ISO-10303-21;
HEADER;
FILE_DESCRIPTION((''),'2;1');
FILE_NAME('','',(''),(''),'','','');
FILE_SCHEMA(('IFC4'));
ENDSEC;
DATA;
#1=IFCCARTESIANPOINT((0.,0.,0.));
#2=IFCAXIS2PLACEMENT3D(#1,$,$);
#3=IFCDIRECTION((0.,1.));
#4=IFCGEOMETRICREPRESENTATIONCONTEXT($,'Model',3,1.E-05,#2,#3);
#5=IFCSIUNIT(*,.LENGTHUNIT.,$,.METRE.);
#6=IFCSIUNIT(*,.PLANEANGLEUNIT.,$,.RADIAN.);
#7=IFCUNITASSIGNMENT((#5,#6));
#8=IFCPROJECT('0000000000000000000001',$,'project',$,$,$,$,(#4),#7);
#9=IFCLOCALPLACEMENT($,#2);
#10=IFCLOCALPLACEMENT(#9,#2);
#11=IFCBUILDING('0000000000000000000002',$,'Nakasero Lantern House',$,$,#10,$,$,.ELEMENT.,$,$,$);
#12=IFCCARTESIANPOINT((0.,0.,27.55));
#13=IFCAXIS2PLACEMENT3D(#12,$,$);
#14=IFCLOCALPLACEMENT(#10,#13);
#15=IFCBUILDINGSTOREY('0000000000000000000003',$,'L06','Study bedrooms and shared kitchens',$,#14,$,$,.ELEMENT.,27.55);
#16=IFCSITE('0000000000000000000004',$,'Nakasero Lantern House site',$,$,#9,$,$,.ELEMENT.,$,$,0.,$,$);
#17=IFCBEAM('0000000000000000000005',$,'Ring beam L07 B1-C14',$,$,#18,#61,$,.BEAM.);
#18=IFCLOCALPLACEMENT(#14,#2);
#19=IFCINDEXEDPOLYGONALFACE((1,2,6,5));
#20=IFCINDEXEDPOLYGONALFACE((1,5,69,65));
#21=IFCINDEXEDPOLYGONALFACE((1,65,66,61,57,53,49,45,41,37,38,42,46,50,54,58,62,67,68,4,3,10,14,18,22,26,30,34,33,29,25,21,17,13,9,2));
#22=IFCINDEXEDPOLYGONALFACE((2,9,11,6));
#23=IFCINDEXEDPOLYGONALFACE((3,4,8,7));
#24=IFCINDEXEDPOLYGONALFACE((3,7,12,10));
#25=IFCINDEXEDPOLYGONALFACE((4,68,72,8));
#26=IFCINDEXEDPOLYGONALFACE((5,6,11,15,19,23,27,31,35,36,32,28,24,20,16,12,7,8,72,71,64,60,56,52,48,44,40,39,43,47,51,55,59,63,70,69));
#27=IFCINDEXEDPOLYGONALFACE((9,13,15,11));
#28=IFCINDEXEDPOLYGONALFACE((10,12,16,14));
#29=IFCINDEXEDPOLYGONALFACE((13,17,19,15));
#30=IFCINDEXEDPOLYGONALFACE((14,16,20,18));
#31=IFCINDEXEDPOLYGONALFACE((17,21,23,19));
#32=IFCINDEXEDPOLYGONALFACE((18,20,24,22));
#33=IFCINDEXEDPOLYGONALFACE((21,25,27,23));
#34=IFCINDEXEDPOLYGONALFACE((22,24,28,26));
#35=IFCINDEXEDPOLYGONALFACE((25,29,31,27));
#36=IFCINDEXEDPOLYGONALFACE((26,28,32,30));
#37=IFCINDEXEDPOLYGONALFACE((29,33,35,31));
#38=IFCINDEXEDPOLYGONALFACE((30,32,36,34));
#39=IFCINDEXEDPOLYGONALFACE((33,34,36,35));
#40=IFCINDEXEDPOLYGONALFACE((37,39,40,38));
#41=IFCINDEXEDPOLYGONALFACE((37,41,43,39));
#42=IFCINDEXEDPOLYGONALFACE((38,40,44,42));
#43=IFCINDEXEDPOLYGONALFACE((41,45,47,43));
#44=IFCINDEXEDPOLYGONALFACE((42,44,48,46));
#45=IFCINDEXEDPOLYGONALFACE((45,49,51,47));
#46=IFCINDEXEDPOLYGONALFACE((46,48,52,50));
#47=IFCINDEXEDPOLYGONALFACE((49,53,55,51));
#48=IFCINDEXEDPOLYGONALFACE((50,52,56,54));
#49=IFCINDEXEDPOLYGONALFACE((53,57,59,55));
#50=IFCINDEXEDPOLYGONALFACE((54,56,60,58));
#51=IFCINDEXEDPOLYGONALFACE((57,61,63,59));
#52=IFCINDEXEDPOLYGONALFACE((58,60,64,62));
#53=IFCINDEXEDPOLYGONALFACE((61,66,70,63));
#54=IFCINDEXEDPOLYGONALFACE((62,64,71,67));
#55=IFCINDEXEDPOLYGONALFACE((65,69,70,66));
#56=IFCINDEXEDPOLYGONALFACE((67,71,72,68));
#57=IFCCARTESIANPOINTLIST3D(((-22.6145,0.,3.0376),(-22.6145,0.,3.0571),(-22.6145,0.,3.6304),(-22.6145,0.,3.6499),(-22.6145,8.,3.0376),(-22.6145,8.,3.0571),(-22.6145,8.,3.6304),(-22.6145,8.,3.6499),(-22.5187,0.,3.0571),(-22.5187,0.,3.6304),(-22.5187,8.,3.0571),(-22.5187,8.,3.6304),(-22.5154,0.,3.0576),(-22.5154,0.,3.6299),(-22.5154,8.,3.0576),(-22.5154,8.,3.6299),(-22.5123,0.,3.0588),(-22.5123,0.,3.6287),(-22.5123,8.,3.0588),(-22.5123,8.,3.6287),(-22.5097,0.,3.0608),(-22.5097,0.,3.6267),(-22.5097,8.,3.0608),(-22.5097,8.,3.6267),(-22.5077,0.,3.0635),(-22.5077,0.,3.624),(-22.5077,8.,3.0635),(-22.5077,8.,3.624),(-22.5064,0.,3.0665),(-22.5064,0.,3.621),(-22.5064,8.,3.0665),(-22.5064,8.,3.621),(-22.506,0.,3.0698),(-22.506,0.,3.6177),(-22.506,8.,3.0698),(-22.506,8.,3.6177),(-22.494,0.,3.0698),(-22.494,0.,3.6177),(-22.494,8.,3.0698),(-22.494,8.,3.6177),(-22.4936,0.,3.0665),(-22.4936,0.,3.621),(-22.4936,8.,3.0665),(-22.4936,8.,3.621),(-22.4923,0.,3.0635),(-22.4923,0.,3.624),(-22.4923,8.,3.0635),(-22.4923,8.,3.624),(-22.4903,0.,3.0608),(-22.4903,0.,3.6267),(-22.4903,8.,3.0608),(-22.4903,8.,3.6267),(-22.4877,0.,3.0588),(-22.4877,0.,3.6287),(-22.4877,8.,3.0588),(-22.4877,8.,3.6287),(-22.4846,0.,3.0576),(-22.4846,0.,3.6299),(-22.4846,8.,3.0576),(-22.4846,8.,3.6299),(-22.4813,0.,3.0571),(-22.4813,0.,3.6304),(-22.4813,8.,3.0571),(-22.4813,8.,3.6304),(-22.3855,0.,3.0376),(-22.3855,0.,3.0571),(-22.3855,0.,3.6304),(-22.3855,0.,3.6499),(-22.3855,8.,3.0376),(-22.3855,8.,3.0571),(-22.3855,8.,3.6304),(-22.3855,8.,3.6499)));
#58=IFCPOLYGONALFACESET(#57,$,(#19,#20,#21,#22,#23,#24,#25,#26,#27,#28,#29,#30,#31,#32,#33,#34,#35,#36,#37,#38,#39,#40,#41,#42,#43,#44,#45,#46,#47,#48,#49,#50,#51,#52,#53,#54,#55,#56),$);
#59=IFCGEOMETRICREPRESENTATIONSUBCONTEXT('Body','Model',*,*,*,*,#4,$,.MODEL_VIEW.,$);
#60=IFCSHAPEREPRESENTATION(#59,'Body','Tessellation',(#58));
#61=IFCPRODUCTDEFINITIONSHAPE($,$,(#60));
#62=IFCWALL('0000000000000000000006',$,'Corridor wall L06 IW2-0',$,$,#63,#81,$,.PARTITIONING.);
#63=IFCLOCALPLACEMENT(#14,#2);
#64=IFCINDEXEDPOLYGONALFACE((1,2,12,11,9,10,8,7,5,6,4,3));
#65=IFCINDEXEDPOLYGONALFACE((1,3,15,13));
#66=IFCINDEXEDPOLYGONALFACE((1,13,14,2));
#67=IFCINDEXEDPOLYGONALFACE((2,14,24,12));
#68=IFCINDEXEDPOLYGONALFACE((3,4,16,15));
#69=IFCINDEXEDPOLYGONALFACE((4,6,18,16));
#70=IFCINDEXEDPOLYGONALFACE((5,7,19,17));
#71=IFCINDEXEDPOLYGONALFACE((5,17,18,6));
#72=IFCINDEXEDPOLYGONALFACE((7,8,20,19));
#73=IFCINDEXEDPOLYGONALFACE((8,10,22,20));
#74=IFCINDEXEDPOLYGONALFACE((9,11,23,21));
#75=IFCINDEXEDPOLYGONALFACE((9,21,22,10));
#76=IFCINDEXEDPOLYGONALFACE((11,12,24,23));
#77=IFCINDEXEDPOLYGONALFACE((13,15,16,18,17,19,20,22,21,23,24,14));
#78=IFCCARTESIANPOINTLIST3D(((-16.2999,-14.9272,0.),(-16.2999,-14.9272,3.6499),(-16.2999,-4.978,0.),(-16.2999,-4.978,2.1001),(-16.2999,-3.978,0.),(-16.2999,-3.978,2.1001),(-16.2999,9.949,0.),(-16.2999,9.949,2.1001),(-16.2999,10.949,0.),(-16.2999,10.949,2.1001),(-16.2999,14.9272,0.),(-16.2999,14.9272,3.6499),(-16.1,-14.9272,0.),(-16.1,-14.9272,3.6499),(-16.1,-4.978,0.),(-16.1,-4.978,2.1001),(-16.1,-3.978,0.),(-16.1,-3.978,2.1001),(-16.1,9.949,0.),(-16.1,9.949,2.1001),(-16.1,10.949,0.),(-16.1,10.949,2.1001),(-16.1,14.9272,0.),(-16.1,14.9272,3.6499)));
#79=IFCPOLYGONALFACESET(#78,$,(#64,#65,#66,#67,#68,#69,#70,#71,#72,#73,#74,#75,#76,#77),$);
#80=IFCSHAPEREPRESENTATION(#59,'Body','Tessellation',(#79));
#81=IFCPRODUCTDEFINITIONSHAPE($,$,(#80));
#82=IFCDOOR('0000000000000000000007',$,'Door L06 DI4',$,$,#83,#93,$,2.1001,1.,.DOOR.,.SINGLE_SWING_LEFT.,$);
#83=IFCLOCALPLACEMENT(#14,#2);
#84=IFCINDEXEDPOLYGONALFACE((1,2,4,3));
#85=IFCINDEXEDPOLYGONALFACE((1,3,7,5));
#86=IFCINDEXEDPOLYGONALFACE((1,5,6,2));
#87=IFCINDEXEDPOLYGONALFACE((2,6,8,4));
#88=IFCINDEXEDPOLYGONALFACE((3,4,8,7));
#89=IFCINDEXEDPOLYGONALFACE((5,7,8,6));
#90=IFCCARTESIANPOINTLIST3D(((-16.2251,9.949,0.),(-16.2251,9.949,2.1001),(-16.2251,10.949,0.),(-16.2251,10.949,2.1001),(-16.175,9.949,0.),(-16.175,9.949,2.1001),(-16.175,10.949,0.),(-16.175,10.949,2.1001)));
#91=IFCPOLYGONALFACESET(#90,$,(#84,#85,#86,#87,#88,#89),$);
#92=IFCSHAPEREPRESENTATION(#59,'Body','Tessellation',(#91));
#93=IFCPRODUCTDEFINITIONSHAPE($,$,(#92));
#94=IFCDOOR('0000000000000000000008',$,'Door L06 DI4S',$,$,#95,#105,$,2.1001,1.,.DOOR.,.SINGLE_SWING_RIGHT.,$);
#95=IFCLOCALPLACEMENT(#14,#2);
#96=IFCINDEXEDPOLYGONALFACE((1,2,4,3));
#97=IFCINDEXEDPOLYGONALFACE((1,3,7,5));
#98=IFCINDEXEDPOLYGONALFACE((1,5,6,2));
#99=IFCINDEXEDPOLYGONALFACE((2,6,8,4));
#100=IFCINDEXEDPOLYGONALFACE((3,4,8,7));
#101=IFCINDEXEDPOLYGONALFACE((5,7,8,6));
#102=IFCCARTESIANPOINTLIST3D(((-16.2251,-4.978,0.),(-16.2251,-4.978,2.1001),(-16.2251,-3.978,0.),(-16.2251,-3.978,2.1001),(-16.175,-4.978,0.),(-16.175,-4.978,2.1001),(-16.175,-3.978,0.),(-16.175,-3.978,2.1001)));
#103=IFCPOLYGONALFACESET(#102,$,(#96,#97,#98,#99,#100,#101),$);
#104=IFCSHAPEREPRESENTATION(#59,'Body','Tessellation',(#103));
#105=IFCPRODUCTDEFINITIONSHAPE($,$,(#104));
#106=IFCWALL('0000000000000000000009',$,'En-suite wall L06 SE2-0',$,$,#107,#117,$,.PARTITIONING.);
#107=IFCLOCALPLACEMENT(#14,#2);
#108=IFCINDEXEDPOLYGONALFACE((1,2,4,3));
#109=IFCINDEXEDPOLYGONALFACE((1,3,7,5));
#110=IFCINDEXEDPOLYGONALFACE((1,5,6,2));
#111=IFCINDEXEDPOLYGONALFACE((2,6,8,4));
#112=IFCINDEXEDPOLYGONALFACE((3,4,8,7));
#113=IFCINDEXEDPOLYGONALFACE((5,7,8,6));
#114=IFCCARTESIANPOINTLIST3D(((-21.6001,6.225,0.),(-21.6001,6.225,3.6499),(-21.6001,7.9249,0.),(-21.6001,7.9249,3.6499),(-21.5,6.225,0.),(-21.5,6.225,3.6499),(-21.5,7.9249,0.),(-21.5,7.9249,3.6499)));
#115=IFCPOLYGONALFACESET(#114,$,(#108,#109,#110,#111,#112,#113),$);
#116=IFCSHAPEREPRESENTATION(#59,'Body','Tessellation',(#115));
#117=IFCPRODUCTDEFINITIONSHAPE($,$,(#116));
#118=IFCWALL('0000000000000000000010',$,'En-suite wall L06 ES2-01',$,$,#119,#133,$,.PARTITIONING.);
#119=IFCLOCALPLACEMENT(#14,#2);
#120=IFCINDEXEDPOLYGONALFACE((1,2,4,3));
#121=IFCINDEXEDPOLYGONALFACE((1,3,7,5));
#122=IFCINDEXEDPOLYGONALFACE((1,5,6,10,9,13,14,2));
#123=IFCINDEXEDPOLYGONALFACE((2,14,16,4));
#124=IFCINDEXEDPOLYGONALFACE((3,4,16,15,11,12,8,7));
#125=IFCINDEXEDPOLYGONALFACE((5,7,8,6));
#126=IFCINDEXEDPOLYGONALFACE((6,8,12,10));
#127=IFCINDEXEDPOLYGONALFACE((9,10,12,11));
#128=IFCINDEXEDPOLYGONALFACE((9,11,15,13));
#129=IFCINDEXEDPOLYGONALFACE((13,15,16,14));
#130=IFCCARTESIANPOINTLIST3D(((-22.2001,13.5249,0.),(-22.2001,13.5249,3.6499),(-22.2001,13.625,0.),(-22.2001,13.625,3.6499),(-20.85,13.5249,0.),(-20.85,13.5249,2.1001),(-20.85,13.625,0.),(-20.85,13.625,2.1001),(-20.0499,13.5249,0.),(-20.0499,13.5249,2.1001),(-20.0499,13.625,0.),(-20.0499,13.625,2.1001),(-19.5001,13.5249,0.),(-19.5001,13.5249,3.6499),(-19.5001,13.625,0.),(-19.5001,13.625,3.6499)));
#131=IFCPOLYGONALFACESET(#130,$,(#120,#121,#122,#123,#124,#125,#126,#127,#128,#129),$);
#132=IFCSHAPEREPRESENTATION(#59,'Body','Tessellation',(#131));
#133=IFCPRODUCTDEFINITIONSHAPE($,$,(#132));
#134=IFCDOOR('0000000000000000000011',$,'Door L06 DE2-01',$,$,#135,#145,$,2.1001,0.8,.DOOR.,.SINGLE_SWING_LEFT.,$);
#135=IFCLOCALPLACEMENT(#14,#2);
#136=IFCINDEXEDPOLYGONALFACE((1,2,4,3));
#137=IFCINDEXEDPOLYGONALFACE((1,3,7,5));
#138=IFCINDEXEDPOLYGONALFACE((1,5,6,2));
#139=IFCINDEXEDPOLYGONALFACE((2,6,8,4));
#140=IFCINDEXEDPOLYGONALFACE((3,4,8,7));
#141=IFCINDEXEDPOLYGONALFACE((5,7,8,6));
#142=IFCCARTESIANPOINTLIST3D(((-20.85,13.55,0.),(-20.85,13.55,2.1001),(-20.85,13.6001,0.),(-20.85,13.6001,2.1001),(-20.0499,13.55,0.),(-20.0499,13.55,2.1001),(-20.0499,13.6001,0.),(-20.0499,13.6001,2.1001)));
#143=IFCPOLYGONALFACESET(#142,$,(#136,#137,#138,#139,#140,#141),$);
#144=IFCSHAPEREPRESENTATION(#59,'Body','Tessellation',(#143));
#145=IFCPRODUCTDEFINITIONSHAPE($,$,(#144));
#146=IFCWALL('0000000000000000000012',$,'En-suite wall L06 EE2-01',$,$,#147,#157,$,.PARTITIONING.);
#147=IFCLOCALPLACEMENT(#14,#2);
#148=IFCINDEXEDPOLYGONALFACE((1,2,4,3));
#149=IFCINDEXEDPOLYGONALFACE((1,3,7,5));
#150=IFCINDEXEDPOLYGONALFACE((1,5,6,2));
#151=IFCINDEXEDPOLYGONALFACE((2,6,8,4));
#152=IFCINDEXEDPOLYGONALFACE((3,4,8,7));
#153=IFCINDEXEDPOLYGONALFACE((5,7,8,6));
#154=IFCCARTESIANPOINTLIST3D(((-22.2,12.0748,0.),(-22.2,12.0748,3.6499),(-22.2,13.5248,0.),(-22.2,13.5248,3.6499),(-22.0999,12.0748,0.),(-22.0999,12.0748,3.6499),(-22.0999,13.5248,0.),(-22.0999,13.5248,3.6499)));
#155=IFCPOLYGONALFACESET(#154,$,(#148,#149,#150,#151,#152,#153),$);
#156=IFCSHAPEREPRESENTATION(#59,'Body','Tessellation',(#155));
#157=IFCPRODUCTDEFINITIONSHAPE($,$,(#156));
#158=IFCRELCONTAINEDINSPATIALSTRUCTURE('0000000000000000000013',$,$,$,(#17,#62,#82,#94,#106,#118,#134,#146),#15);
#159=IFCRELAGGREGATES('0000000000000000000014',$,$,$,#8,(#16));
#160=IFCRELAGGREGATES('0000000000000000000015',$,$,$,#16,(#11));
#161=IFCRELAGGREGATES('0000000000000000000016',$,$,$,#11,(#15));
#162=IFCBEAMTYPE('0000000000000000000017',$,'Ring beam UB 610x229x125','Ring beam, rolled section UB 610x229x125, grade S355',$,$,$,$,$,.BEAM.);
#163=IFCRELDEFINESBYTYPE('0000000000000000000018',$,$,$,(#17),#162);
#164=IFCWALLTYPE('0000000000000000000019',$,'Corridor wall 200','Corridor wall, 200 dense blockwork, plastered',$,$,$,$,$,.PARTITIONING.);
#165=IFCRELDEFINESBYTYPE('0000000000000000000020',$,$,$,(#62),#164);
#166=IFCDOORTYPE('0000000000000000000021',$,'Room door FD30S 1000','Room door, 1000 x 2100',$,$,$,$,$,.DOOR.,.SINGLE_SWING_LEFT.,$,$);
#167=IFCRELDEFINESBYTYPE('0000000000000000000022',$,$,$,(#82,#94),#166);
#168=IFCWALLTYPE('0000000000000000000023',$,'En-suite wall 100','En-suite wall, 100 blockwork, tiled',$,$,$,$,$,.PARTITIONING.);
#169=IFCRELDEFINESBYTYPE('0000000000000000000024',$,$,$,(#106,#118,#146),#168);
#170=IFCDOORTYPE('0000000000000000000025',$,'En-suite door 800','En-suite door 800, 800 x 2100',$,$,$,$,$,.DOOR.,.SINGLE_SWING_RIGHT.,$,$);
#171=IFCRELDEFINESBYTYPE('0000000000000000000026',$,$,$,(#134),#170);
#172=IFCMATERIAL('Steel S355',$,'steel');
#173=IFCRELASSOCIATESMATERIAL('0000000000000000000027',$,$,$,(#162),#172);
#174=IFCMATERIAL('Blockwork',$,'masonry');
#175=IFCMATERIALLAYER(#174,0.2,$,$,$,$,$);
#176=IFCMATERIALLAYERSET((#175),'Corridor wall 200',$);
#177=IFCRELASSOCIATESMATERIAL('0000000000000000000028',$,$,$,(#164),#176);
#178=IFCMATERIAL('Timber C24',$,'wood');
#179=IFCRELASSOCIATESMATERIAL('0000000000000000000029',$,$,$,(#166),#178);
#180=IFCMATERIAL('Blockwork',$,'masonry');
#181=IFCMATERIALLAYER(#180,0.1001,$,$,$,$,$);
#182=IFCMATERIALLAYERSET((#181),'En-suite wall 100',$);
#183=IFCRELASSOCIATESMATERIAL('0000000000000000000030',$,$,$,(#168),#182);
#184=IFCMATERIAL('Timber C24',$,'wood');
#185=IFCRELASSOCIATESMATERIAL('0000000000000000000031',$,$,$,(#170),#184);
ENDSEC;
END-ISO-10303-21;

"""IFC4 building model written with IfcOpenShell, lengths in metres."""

from ifc_helpers import new_model, si_unit, direction, frame, frame_2d, origin, origin_2d, place, context, subcontext, project, spatial, rectangle, i_section, extrude, material, layer, layer_set, material_profile, profile_set, type_object, element, fill, save


model = new_model("IFC4")

# Units and contexts
model_context = context("Model", 3, precision=1e-05, world=origin(), true_north=direction((0.0, 1.0)))
body_context = subcontext(model_context, "Body", "Model", "MODEL_VIEW")
ifc_project = project(units=[si_unit("LENGTHUNIT", "METRE"), si_unit("PLANEANGLEUNIT", "RADIAN")], contexts=[model_context])

# Site, building, storey
site_placement = place(None, origin())
site = spatial("IfcSite", under=ifc_project, at=site_placement, Name="Nakasero Lantern House site", CompositionType="ELEMENT", RefElevation=0.0)
building_placement = place(site_placement, origin())
building = spatial("IfcBuilding", under=site, at=building_placement, Name="Nakasero Lantern House", CompositionType="ELEMENT")
storey_placement = place(building_placement, frame((0.0, 0.0, 27.55)))
storey = spatial("IfcBuildingStorey", under=building, at=storey_placement, Name="L06", Description="Study bedrooms and shared kitchens", CompositionType="ELEMENT", Elevation=27.55)

# Beam
ifc_material_1 = material(Name="Steel S355", Category="steel")
ifc_material_profile_1 = material_profile(ifc_material_1, i_section(OverallWidth=0.229, OverallDepth=0.6123, WebThickness=0.012, FlangeThickness=0.0195, FilletRadius=0.0127, at=origin_2d()), Name="UB 610x229x125")
ifc_profile_set_1 = profile_set([ifc_material_profile_1], Name="Steel S355")
beam_type_1 = type_object("IfcBeamType", Name="Ring beam UB 610x229x125", Description="Ring beam, rolled section UB 610x229x125, grade S355", PredefinedType="BEAM", material=ifc_profile_set_1)
beam_1_placement = place(storey_placement, frame((-22.5, 8.0, 3.3438), z_axis=(0.0, -1.0, 0.0), x_axis=(1.0, 0.0, 0.0)))
element("IfcBeam", 1, at=beam_1_placement, inside=storey, type_object=beam_type_1, Name="Ring beam L07 B1-C14", PredefinedType="BEAM", context=body_context, shape_type="SweptSolid", body=[
    extrude(i_section(OverallWidth=0.229, OverallDepth=0.6123, WebThickness=0.012, FlangeThickness=0.0195, FilletRadius=0.0127, at=origin_2d()), origin(), (0.0, 0.0, 1.0), 8.0),
])

# Wall, openings, doors
ifc_material_2 = material(Name="Blockwork", Category="masonry")
ifc_layer_1 = layer(ifc_material_2, 0.2)
ifc_layer_set_1 = layer_set([ifc_layer_1], Name="Corridor wall 200")
wall_type_1 = type_object("IfcWallType", Name="Corridor wall 200", Description="Corridor wall, 200 dense blockwork, plastered", PredefinedType="PARTITIONING", material=ifc_layer_set_1)
wall_1_placement = place(storey_placement, frame((-16.2, 14.9272, 0.0), z_axis=(0.0, 0.0, 1.0), x_axis=(0.0, -1.0, 0.0)))
wall_1 = element("IfcWall", 2, at=wall_1_placement, inside=storey, type_object=wall_type_1, Name="Corridor wall L06 IW2-0", PredefinedType="PARTITIONING", context=body_context, shape_type="SweptSolid", body=[
    extrude(rectangle(XDim=29.8545, YDim=0.2, at=frame_2d((14.9272, 0.0))), origin(), (0.0, 0.0, 1.0), 3.6499),
])
opening_1_placement = place(wall_1_placement, frame((3.9783, 0.0, 0.0)))
opening_1 = element("IfcOpeningElement", 3, at=opening_1_placement, cuts=wall_1, PredefinedType="OPENING", context=body_context, shape_type="SweptSolid", body=[
    extrude(rectangle(XDim=1.0, YDim=2.1001, at=frame_2d((0.5, 1.05))), frame((0.0, 0.1199, 0.0), z_axis=(0.0, -1.0, 0.0), x_axis=(1.0, 0.0, 0.0)), (0.0, 0.0, 1.0), 0.24),
])
opening_2_placement = place(wall_1_placement, frame((18.9053, 0.0, 0.0)))
opening_2 = element("IfcOpeningElement", 4, at=opening_2_placement, cuts=wall_1, PredefinedType="OPENING", context=body_context, shape_type="SweptSolid", body=[
    extrude(rectangle(XDim=1.0, YDim=2.1001, at=frame_2d((0.5, 1.05))), frame((0.0, 0.1199, 0.0), z_axis=(0.0, -1.0, 0.0), x_axis=(1.0, 0.0, 0.0)), (0.0, 0.0, 1.0), 0.24),
])
ifc_material_3 = material(Name="Timber C24", Category="wood")
door_type_1 = type_object("IfcDoorType", Name="Room door FD30S 1000", Description="Room door, 1000 x 2100", OperationType="SINGLE_SWING_LEFT", PredefinedType="DOOR", material=ifc_material_3)
door_1_placement = place(opening_1_placement, origin())
door_1 = element("IfcDoor", 5, at=door_1_placement, inside=storey, type_object=door_type_1, Name="Door L06 DI4", OperationType="SINGLE_SWING_LEFT", OverallHeight=2.1001, OverallWidth=1.0, PredefinedType="DOOR", context=body_context, shape_type="SweptSolid", body=[
    extrude(rectangle(XDim=1.0, YDim=2.1001, at=frame_2d((0.5, 1.05))), frame((0.0, 0.0249, 0.0), z_axis=(0.0, -1.0, 0.0), x_axis=(1.0, 0.0, 0.0)), (0.0, 0.0, 1.0), 0.05),
])
fill(opening_1, door_1)
door_2_placement = place(opening_2_placement, origin())
door_2 = element("IfcDoor", 6, at=door_2_placement, inside=storey, type_object=door_type_1, Name="Door L06 DI4S", OperationType="SINGLE_SWING_RIGHT", OverallHeight=2.1001, OverallWidth=1.0, PredefinedType="DOOR", context=body_context, shape_type="SweptSolid", body=[
    extrude(rectangle(XDim=1.0, YDim=2.1001, at=frame_2d((0.5, 1.05))), frame((0.0, 0.0249, 0.0), z_axis=(0.0, -1.0, 0.0), x_axis=(1.0, 0.0, 0.0)), (0.0, 0.0, 1.0), 0.05),
])
fill(opening_2, door_2)

# Wall
ifc_material_4 = material(Name="Blockwork", Category="masonry")
ifc_layer_2 = layer(ifc_material_4, 0.1001)
ifc_layer_set_2 = layer_set([ifc_layer_2], Name="En-suite wall 100")
wall_type_2 = type_object("IfcWallType", Name="En-suite wall 100", Description="En-suite wall, 100 blockwork, tiled", PredefinedType="PARTITIONING", material=ifc_layer_set_2)
wall_2_placement = place(storey_placement, frame((-21.55, 7.925, 0.0), z_axis=(0.0, 0.0, 1.0), x_axis=(0.0, -1.0, 0.0)))
element("IfcWall", 7, at=wall_2_placement, inside=storey, type_object=wall_type_2, Name="En-suite wall L06 SE2-0", PredefinedType="PARTITIONING", context=body_context, shape_type="SweptSolid", body=[
    extrude(rectangle(XDim=1.7, YDim=0.1001, at=frame_2d((0.8501, 0.0))), origin(), (0.0, 0.0, 1.0), 3.6499),
])

# Wall, opening, door
wall_3_placement = place(storey_placement, frame((-19.5, 13.575, 0.0), z_axis=(0.0, 0.0, 1.0), x_axis=(-1.0, 0.0, 0.0)))
wall_3 = element("IfcWall", 8, at=wall_3_placement, inside=storey, type_object=wall_type_2, Name="En-suite wall L06 ES2-01", PredefinedType="PARTITIONING", context=body_context, shape_type="SweptSolid", body=[
    extrude(rectangle(XDim=2.7, YDim=0.1001, at=frame_2d((1.3501, 0.0))), origin(), (0.0, 0.0, 1.0), 3.6499),
])
opening_3_placement = place(wall_3_placement, frame((0.55, 0.0, 0.0)))
opening_3 = element("IfcOpeningElement", 9, at=opening_3_placement, cuts=wall_3, PredefinedType="OPENING", context=body_context, shape_type="SweptSolid", body=[
    extrude(rectangle(XDim=0.8, YDim=2.1001, at=frame_2d((0.3999, 1.05))), frame((0.0, 0.0701, 0.0), z_axis=(0.0, -1.0, 0.0), x_axis=(1.0, 0.0, 0.0)), (0.0, 0.0, 1.0), 0.1401),
])
ifc_material_5 = material(Name="Timber C24", Category="wood")
door_type_2 = type_object("IfcDoorType", Name="En-suite door 800", Description="En-suite door 800, 800 x 2100", OperationType="SINGLE_SWING_RIGHT", PredefinedType="DOOR", material=ifc_material_5)
door_3_placement = place(opening_3_placement, origin())
door_3 = element("IfcDoor", 10, at=door_3_placement, inside=storey, type_object=door_type_2, Name="Door L06 DE2-01", OperationType="SINGLE_SWING_LEFT", OverallHeight=2.1001, OverallWidth=0.8, PredefinedType="DOOR", context=body_context, shape_type="SweptSolid", body=[
    extrude(rectangle(XDim=0.8, YDim=2.1001, at=frame_2d((0.3999, 1.05))), frame((0.0, 0.0249, 0.0), z_axis=(0.0, -1.0, 0.0), x_axis=(1.0, 0.0, 0.0)), (0.0, 0.0, 1.0), 0.05),
])
fill(opening_3, door_3)

# Wall
wall_4_placement = place(storey_placement, frame((-22.1499, 13.5249, 0.0), z_axis=(0.0, 0.0, 1.0), x_axis=(0.0, -1.0, 0.0)))
element("IfcWall", 11, at=wall_4_placement, inside=storey, type_object=wall_type_2, Name="En-suite wall L06 EE2-01", PredefinedType="PARTITIONING", context=body_context, shape_type="SweptSolid", body=[
    extrude(rectangle(XDim=1.45, YDim=0.1001, at=frame_2d((0.7251, 0.0))), origin(), (0.0, 0.0, 1.0), 3.6499),
])

save(model, "model.ifc")
